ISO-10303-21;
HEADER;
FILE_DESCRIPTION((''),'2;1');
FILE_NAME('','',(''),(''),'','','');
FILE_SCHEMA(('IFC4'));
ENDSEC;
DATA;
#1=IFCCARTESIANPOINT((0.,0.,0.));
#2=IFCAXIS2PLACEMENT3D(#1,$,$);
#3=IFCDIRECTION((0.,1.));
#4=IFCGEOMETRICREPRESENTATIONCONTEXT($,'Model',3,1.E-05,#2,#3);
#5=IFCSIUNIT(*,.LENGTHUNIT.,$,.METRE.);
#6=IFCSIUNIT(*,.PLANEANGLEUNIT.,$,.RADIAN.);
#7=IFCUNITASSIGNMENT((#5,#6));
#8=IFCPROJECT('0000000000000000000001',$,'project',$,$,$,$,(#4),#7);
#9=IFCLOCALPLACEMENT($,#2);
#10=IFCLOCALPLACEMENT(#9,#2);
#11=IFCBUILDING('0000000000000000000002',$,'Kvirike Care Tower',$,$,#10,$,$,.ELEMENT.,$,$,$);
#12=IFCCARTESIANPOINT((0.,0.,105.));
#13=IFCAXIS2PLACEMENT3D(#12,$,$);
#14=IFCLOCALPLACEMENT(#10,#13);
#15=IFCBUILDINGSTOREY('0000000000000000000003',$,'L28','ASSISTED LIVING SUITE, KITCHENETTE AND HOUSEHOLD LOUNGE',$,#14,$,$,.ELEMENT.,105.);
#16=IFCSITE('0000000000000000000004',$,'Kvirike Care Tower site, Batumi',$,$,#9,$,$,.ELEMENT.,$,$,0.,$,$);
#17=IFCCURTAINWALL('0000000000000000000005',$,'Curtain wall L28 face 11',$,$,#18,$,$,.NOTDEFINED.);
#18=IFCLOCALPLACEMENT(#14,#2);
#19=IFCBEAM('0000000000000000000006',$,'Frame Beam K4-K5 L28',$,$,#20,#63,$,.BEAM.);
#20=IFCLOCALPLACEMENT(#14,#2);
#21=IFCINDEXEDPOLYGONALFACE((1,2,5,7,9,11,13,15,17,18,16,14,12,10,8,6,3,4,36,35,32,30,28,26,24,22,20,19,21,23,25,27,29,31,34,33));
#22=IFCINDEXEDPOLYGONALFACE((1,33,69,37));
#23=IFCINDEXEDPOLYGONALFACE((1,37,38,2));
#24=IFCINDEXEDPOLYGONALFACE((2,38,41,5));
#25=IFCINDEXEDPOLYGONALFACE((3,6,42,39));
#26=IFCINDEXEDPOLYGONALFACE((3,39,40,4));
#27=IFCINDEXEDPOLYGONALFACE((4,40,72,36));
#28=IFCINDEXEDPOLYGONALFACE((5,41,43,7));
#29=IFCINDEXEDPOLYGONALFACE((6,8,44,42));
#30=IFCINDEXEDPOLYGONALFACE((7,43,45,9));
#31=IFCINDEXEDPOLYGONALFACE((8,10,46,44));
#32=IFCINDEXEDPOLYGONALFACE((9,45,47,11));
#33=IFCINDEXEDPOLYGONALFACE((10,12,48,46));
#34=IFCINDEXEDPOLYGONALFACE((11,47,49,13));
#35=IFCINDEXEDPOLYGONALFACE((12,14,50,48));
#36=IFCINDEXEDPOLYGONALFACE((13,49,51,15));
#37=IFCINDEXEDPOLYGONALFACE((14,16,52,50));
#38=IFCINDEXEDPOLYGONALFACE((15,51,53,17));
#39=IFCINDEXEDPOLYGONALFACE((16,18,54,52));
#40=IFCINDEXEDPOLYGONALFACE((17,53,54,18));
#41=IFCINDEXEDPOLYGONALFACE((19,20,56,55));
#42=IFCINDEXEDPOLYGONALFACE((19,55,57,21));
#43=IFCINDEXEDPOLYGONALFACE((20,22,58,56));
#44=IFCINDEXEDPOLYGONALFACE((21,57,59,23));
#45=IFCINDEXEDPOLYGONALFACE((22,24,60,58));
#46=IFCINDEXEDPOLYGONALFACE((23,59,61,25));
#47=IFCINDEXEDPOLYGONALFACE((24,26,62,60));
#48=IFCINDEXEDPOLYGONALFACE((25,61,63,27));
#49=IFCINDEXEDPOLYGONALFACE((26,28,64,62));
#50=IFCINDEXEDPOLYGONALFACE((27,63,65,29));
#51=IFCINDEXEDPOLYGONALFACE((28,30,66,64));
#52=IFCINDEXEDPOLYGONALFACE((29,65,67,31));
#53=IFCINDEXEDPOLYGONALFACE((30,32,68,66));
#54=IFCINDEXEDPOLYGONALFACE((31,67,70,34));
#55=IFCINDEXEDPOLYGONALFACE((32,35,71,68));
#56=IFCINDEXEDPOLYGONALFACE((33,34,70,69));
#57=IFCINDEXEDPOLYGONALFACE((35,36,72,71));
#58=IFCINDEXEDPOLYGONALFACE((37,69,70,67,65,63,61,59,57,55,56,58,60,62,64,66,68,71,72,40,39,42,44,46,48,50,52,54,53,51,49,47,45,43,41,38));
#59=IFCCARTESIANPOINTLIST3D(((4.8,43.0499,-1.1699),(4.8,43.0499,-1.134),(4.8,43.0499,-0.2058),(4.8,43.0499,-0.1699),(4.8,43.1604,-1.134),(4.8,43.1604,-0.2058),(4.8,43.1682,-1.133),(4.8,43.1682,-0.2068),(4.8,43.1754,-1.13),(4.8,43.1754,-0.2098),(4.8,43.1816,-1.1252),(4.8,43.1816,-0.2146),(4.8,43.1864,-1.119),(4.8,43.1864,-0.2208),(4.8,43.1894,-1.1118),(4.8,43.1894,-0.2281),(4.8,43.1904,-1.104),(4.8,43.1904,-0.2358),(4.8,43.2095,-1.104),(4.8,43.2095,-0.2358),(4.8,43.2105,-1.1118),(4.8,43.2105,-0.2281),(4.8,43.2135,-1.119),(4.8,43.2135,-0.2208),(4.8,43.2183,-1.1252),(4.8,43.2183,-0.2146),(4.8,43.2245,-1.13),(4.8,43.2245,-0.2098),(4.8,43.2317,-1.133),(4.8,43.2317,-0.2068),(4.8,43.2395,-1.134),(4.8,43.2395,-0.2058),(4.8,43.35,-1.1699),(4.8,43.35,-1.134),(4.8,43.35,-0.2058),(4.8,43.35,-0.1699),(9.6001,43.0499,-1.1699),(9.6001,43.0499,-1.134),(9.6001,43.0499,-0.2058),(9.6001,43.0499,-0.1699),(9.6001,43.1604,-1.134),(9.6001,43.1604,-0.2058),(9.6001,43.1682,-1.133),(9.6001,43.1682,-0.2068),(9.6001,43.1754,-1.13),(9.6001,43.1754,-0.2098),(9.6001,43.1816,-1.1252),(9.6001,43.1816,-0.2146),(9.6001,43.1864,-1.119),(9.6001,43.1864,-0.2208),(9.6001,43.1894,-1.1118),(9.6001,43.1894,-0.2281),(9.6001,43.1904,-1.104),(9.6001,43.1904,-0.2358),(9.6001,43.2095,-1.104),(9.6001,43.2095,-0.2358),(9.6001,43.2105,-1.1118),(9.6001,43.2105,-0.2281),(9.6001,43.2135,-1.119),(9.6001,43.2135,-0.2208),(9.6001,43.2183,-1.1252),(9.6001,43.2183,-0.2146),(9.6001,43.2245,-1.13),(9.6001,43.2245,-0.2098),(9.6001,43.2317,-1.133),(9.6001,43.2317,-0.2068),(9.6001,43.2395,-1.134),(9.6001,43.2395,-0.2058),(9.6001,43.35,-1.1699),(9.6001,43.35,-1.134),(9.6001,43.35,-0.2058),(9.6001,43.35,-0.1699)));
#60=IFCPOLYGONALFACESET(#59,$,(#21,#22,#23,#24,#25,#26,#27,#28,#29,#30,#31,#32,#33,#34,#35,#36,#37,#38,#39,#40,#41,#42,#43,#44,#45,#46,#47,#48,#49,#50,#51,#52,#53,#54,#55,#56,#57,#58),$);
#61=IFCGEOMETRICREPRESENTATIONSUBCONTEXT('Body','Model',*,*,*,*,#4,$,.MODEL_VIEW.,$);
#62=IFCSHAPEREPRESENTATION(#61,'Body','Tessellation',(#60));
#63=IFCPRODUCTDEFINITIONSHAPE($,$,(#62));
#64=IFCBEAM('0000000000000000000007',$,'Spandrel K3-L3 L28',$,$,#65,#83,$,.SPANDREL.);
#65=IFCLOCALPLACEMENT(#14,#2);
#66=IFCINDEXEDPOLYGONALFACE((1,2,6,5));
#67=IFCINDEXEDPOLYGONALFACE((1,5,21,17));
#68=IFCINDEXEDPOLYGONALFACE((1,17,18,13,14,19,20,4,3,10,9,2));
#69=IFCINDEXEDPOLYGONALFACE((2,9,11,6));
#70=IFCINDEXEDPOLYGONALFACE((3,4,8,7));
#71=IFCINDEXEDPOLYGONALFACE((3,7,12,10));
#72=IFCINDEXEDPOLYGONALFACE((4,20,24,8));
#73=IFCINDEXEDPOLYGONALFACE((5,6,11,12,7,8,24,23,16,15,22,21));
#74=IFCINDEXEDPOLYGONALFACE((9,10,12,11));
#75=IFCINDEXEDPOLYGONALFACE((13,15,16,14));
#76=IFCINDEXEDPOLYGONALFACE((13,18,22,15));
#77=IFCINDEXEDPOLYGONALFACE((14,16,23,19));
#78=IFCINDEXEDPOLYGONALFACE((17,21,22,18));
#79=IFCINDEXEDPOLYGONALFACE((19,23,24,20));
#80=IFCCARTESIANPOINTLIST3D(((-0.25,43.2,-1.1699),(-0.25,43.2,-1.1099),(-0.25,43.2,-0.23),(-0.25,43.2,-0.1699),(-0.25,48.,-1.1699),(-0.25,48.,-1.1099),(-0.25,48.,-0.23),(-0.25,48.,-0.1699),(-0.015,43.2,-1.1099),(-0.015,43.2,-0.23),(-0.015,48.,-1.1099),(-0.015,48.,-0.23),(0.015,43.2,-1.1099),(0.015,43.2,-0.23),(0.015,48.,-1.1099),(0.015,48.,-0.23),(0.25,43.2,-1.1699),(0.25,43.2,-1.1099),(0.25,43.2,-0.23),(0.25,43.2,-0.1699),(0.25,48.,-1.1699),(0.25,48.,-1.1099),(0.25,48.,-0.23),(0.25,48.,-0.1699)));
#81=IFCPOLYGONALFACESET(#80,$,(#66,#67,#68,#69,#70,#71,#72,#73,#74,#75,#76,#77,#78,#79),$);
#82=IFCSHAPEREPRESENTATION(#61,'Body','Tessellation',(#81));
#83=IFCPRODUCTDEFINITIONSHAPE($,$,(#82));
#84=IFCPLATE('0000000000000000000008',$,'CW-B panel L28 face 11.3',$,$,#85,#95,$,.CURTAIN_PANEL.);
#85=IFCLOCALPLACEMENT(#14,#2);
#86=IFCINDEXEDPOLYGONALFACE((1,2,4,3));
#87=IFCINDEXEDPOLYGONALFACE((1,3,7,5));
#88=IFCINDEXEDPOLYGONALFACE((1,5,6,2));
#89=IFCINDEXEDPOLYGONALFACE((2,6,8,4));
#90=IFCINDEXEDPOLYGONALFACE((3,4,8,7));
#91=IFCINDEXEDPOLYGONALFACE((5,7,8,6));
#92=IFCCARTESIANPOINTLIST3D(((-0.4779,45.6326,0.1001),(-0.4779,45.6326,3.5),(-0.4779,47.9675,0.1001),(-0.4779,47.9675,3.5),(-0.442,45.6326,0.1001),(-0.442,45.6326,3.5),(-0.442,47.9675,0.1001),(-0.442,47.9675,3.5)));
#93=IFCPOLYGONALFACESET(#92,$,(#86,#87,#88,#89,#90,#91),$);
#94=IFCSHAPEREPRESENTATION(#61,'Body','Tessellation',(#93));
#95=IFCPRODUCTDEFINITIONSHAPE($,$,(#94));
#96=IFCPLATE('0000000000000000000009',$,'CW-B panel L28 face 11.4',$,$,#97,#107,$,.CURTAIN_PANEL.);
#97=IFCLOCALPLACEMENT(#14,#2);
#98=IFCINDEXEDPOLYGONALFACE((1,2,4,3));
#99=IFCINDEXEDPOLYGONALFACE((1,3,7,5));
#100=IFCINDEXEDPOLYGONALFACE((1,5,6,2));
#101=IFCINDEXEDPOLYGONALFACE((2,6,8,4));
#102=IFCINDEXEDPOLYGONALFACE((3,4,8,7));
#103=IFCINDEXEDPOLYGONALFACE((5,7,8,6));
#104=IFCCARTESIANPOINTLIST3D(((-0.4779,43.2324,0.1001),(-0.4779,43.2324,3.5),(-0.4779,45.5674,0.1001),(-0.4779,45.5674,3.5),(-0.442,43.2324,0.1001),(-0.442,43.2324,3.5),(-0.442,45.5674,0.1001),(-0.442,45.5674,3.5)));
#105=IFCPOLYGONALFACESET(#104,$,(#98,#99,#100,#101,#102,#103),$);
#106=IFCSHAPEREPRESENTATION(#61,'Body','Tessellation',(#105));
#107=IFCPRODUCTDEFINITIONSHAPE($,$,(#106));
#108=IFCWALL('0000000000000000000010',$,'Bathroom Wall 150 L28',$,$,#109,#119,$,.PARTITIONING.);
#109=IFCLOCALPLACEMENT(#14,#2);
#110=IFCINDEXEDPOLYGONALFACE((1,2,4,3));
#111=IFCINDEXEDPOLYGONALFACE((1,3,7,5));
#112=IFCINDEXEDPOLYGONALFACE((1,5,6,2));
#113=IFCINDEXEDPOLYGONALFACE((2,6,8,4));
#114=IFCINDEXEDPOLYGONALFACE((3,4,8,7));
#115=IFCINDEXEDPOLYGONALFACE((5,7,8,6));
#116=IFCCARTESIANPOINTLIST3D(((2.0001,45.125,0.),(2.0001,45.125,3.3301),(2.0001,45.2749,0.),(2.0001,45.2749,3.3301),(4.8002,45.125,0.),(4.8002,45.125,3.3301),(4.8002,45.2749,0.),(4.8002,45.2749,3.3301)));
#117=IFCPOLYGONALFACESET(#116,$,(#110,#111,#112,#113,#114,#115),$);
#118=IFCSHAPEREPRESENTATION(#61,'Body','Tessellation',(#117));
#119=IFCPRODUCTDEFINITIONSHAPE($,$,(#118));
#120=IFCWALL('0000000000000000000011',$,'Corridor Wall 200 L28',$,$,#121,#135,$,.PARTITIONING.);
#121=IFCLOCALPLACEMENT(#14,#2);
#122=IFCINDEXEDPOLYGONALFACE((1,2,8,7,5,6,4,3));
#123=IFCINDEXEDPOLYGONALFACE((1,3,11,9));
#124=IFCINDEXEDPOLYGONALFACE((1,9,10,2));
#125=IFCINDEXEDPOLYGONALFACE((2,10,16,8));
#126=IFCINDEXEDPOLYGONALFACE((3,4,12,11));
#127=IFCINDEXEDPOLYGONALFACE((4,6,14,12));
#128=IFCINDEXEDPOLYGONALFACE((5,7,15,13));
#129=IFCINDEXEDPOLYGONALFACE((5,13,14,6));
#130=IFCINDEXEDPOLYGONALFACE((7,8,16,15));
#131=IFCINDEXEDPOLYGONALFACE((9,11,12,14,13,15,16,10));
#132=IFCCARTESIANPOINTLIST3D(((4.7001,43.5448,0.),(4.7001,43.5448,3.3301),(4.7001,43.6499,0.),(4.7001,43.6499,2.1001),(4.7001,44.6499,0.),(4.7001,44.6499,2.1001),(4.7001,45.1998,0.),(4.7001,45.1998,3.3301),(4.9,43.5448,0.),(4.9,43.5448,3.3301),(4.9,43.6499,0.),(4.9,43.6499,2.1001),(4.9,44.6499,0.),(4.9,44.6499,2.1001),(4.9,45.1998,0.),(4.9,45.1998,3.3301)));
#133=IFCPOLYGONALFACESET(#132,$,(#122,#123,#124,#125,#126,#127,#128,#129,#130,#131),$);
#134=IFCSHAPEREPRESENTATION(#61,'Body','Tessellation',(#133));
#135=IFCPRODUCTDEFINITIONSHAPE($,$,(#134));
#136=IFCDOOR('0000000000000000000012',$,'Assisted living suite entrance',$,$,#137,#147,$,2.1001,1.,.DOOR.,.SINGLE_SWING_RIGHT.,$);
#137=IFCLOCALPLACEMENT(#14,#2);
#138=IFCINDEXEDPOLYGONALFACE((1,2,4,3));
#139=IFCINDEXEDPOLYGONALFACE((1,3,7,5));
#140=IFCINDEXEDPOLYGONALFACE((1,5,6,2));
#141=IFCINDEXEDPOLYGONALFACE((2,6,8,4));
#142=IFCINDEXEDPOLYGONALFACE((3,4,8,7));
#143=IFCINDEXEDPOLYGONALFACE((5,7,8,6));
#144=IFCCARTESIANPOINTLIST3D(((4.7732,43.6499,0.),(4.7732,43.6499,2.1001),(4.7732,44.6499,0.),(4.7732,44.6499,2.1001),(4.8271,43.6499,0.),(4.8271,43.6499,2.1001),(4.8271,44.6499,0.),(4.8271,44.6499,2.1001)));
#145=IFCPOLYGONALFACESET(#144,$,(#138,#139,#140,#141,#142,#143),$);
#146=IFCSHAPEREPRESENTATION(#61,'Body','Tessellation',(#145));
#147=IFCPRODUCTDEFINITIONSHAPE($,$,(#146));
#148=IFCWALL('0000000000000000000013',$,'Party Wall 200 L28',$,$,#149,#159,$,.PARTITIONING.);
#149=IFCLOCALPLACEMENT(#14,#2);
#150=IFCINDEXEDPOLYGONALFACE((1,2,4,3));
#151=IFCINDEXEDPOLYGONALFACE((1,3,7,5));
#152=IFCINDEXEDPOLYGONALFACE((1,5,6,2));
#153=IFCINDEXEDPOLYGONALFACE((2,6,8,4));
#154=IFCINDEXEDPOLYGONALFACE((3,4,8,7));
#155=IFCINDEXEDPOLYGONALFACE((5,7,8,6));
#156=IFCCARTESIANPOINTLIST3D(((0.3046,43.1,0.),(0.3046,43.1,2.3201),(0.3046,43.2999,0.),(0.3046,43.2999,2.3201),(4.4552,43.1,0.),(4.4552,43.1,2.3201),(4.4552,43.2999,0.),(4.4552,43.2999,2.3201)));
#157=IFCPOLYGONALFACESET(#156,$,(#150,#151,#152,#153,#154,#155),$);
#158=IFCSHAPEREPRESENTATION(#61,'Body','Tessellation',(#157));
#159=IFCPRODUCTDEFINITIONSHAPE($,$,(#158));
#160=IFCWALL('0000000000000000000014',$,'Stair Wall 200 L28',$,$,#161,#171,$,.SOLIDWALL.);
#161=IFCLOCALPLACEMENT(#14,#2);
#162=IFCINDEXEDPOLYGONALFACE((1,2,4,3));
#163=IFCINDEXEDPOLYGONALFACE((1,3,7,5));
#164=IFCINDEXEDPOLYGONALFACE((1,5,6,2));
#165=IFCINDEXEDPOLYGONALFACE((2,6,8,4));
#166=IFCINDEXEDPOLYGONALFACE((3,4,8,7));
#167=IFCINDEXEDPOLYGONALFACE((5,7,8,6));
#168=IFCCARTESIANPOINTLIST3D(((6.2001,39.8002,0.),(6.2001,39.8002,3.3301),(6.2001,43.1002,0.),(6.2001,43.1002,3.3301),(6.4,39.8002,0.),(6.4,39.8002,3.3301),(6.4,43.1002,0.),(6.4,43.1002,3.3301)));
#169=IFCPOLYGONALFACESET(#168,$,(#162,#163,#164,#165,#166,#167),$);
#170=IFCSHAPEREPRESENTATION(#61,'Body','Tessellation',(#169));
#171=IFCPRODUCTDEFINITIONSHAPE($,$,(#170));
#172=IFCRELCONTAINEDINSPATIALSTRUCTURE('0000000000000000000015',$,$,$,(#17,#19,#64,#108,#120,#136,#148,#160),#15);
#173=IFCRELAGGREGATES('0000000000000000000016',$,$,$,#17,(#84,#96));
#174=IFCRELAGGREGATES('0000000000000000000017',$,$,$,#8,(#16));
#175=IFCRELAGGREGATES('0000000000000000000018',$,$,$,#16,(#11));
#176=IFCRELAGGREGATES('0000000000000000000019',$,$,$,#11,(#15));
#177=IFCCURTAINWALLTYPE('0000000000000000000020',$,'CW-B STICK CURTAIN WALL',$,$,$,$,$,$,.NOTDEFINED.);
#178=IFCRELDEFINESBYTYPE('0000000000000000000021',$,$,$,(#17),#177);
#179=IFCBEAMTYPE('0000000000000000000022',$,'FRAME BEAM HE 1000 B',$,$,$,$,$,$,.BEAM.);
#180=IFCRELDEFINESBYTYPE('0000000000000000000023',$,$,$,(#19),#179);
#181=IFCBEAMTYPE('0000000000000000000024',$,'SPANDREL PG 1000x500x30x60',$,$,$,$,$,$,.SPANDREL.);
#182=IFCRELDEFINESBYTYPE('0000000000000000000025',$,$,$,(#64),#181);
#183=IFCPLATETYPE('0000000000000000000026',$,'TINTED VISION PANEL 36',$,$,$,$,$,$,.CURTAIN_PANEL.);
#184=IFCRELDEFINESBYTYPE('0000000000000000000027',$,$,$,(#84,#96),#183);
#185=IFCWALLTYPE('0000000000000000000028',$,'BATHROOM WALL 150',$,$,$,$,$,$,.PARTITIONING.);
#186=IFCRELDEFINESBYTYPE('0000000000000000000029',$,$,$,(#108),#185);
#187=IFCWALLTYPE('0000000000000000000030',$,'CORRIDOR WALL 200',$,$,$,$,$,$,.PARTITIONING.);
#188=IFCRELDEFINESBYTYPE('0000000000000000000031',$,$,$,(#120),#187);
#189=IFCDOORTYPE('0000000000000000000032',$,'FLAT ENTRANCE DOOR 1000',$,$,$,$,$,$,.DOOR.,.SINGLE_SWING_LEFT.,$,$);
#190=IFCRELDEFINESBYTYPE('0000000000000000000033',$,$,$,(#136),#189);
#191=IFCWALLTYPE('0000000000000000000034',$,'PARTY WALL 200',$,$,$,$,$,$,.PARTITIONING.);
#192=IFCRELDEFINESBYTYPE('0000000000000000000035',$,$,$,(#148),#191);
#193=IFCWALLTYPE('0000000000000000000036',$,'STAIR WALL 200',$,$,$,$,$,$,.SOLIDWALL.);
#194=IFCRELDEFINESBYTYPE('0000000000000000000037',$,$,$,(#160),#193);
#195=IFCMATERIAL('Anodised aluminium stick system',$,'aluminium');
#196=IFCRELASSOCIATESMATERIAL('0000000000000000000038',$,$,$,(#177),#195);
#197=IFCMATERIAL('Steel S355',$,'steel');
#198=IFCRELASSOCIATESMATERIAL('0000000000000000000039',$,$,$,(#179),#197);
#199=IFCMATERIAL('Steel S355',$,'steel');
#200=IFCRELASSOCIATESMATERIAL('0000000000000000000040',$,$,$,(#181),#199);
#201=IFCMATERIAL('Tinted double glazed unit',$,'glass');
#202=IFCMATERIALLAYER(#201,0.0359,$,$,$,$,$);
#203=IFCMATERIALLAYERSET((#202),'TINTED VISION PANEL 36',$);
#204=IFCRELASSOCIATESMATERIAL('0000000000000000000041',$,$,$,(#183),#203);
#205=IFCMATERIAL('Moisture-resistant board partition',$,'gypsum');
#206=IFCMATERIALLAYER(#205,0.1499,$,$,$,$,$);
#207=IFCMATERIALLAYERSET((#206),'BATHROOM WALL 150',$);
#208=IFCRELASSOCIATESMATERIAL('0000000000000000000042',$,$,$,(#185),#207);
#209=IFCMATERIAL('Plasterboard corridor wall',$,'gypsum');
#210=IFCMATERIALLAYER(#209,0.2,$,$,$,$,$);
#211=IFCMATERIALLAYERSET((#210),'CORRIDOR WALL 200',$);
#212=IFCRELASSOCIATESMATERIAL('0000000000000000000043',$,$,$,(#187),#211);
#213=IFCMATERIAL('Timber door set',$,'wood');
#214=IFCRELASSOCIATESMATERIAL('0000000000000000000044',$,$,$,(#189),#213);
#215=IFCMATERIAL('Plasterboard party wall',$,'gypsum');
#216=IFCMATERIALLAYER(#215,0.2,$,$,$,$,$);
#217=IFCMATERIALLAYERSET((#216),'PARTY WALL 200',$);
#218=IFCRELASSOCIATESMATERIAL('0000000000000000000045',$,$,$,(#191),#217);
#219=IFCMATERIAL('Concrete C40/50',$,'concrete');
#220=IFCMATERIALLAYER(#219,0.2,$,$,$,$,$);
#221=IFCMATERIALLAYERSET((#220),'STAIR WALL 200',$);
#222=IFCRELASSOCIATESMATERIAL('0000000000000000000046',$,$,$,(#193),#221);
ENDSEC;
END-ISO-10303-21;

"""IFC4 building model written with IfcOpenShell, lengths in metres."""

from ifc_helpers import new_model, si_unit, direction, frame, frame_2d, origin, origin_2d, place, context, subcontext, project, spatial, rectangle, i_section, extrude, material, layer, layer_set, material_profile, profile_set, type_object, element, fill, aggregate, save


model = new_model("IFC4")

# Units and contexts
model_context = context("Model", 3, precision=1e-05, world=origin(), true_north=direction((0.0, 1.0)))
body_context = subcontext(model_context, "Body", "Model", "MODEL_VIEW")
ifc_project = project(units=[si_unit("LENGTHUNIT", "METRE"), si_unit("PLANEANGLEUNIT", "RADIAN")], contexts=[model_context])

# Site, building, storey
site_placement = place(None, origin())
site = spatial("IfcSite", under=ifc_project, at=site_placement, Name="Kvirike Care Tower site, Batumi", CompositionType="ELEMENT", RefElevation=0.0)
building_placement = place(site_placement, origin())
building = spatial("IfcBuilding", under=site, at=building_placement, Name="Kvirike Care Tower", CompositionType="ELEMENT")
storey_placement = place(building_placement, frame((0.0, 0.0, 105.0)))
storey = spatial("IfcBuildingStorey", under=building, at=storey_placement, Name="L28", Description="ASSISTED LIVING SUITE, KITCHENETTE AND HOUSEHOLD LOUNGE", CompositionType="ELEMENT", Elevation=105.0)

# Curtain wall
ifc_material_1 = material(Name="Anodised aluminium stick system", Category="aluminium")
curtain_wall_type = type_object("IfcCurtainWallType", Name="CW-B STICK CURTAIN WALL", PredefinedType="NOTDEFINED", material=ifc_material_1)
curtain_wall_placement = place(storey_placement, origin())
curtain_wall = element("IfcCurtainWall", 1, at=curtain_wall_placement, inside=storey, type_object=curtain_wall_type, Name="Curtain wall L28 face 11", PredefinedType="NOTDEFINED")

# Beams
ifc_material_2 = material(Name="Steel S355", Category="steel")
ifc_material_profile_1 = material_profile(ifc_material_2, i_section(OverallWidth=0.3, OverallDepth=1.0, WebThickness=0.019, FlangeThickness=0.0359, FilletRadius=0.03, at=origin_2d()), Name="HE 1000 B")
ifc_profile_set_1 = profile_set([ifc_material_profile_1], Name="Steel S355")
beam_type_1 = type_object("IfcBeamType", Name="FRAME BEAM HE 1000 B", PredefinedType="BEAM", material=ifc_profile_set_1)
for number, where, z_axis, x_axis, name in (
    (2, (4.8, 43.2, -0.6699), (1.0, 0.0, 0.0), (0.0, 1.0, 0.0), "Frame Beam K4-K5 L28"),
):
    element("IfcBeam", number, at=place(storey_placement, frame(where, z_axis=z_axis, x_axis=x_axis)), inside=storey, type_object=beam_type_1, Name=name, PredefinedType="BEAM", context=body_context, shape_type="SweptSolid", body=[
        extrude(i_section(OverallWidth=0.3, OverallDepth=1.0, WebThickness=0.019, FlangeThickness=0.0359, FilletRadius=0.03, at=origin_2d()), origin(), (0.0, 0.0, 1.0), 4.8),
    ])
ifc_material_3 = material(Name="Steel S355", Category="steel")
ifc_material_profile_2 = material_profile(ifc_material_3, i_section(OverallWidth=0.5, OverallDepth=1.0, WebThickness=0.03, FlangeThickness=0.0601, at=origin_2d()), Name="PG 1000x500x30x60")
ifc_profile_set_2 = profile_set([ifc_material_profile_2], Name="Steel S355")
beam_type_2 = type_object("IfcBeamType", Name="SPANDREL PG 1000x500x30x60", PredefinedType="SPANDREL", material=ifc_profile_set_2)
beam_placement = place(storey_placement, frame((0.0, 43.2, -0.6699), z_axis=(0.0, 1.0, 0.0), x_axis=(-1.0, 0.0, 0.0)))
element("IfcBeam", 3, at=beam_placement, inside=storey, type_object=beam_type_2, Name="Spandrel K3-L3 L28", PredefinedType="SPANDREL", context=body_context, shape_type="SweptSolid", body=[
    extrude(i_section(OverallWidth=0.5, OverallDepth=1.0, WebThickness=0.03, FlangeThickness=0.0601, at=origin_2d()), origin(), (0.0, 0.0, 1.0), 4.8),
])

# Plates
ifc_material_4 = material(Name="Tinted double glazed unit", Category="glass")
ifc_layer_1 = layer(ifc_material_4, 0.0359)
ifc_layer_set_1 = layer_set([ifc_layer_1], Name="TINTED VISION PANEL 36")
plate_type = type_object("IfcPlateType", Name="TINTED VISION PANEL 36", PredefinedType="CURTAIN_PANEL", material=ifc_layer_set_1)
plate_1_placement = place(storey_placement, frame((-0.46, 46.8, 0.1001), z_axis=(0.0, 0.0, 1.0), x_axis=(0.0, -1.0, 0.0)))
plate_1 = element("IfcPlate", 4, at=plate_1_placement, type_object=plate_type, Name="CW-B panel L28 face 11.3", PredefinedType="CURTAIN_PANEL", context=body_context, shape_type="SweptSolid", body=[
    extrude(rectangle(XDim=2.335, YDim=0.0359, at=origin_2d()), origin(), (0.0, 0.0, 1.0), 3.3999),
])
plate_2_placement = place(storey_placement, frame((-0.46, 44.3999, 0.1001), z_axis=(0.0, 0.0, 1.0), x_axis=(0.0, -1.0, 0.0)))
plate_2 = element("IfcPlate", 5, at=plate_2_placement, type_object=plate_type, Name="CW-B panel L28 face 11.4", PredefinedType="CURTAIN_PANEL", context=body_context, shape_type="SweptSolid", body=[
    extrude(rectangle(XDim=2.335, YDim=0.0359, at=origin_2d()), origin(), (0.0, 0.0, 1.0), 3.3999),
])
aggregate(curtain_wall, [plate_1, plate_2])

# Wall
ifc_material_5 = material(Name="Moisture-resistant board partition", Category="gypsum")
ifc_layer_2 = layer(ifc_material_5, 0.1499)
ifc_layer_set_2 = layer_set([ifc_layer_2], Name="BATHROOM WALL 150")
wall_type_1 = type_object("IfcWallType", Name="BATHROOM WALL 150", PredefinedType="PARTITIONING", material=ifc_layer_set_2)
wall_1_placement = place(storey_placement, frame((4.8, 45.2, 0.0), z_axis=(0.0, 0.0, 1.0), x_axis=(-1.0, 0.0, 0.0)))
element("IfcWall", 6, at=wall_1_placement, inside=storey, type_object=wall_type_1, Name="Bathroom Wall 150 L28", PredefinedType="PARTITIONING", context=body_context, shape_type="SweptSolid", body=[
    extrude(rectangle(XDim=2.8, YDim=0.1499, at=frame_2d((1.3999, 0.0))), origin(), (0.0, 0.0, 1.0), 3.3301),
])

# Wall, opening, door
ifc_material_6 = material(Name="Plasterboard corridor wall", Category="gypsum")
ifc_layer_3 = layer(ifc_material_6, 0.2)
ifc_layer_set_3 = layer_set([ifc_layer_3], Name="CORRIDOR WALL 200")
wall_type_2 = type_object("IfcWallType", Name="CORRIDOR WALL 200", PredefinedType="PARTITIONING", material=ifc_layer_set_3)
wall_2_placement = place(storey_placement, frame((4.8, 45.2, 0.0), z_axis=(0.0, 0.0, 1.0), x_axis=(0.0, -1.0, 0.0)))
wall_2 = element("IfcWall", 7, at=wall_2_placement, inside=storey, type_object=wall_type_2, Name="Corridor Wall 200 L28", PredefinedType="PARTITIONING", context=body_context, shape_type="SweptSolid", body=[
    extrude(rectangle(XDim=1.655, YDim=0.2, at=frame_2d((0.8276, 0.0))), origin(), (0.0, 0.0, 1.0), 3.3301),
])
opening_placement = place(wall_2_placement, frame((0.55, 0.0, 0.0)))
opening = element("IfcOpeningElement", 8, at=opening_placement, cuts=wall_2, PredefinedType="OPENING", context=body_context, shape_type="SweptSolid", body=[
    extrude(rectangle(XDim=1.0, YDim=2.1001, at=frame_2d((0.5, 1.05))), frame((0.0, 0.1106, 0.0), z_axis=(0.0, -1.0, 0.0), x_axis=(1.0, 0.0, 0.0)), (0.0, 0.0, 1.0), 0.2209),
])
ifc_material_7 = material(Name="Timber door set", Category="wood")
door_type = type_object("IfcDoorType", Name="FLAT ENTRANCE DOOR 1000", OperationType="SINGLE_SWING_LEFT", PredefinedType="DOOR", material=ifc_material_7)
door_placement = place(opening_placement, frame((1.0, 0.0, 0.0), z_axis=(0.0, 0.0, 1.0), x_axis=(-1.0, 0.0, 0.0)))
door = element("IfcDoor", 9, at=door_placement, inside=storey, type_object=door_type, Name="Assisted living suite entrance", OperationType="SINGLE_SWING_RIGHT", OverallHeight=2.1001, OverallWidth=1.0, PredefinedType="DOOR", context=body_context, shape_type="SweptSolid", body=[
    extrude(rectangle(XDim=1.0, YDim=2.1001, at=frame_2d((0.5, 1.05))), frame((0.0, 0.0269, 0.0), z_axis=(0.0, -1.0, 0.0), x_axis=(1.0, 0.0, 0.0)), (0.0, 0.0, 1.0), 0.054),
])
fill(opening, door)

# Walls
ifc_material_8 = material(Name="Plasterboard party wall", Category="gypsum")
ifc_layer_4 = layer(ifc_material_8, 0.2)
ifc_layer_set_4 = layer_set([ifc_layer_4], Name="PARTY WALL 200")
wall_type_3 = type_object("IfcWallType", Name="PARTY WALL 200", PredefinedType="PARTITIONING", material=ifc_layer_set_4)
wall_3_placement = place(storey_placement, frame((4.4551, 43.2, 0.0), z_axis=(0.0, 0.0, 1.0), x_axis=(-1.0, 0.0, 0.0)))
element("IfcWall", 10, at=wall_3_placement, inside=storey, type_object=wall_type_3, Name="Party Wall 200 L28", PredefinedType="PARTITIONING", context=body_context, shape_type="SweptSolid", body=[
    extrude(rectangle(XDim=4.1506, YDim=0.2, at=frame_2d((2.0752, 0.0))), origin(), (0.0, 0.0, 1.0), 2.3201),
])
ifc_material_9 = material(Name="Concrete C40/50", Category="concrete")
ifc_layer_5 = layer(ifc_material_9, 0.2)
ifc_layer_set_5 = layer_set([ifc_layer_5], Name="STAIR WALL 200")
wall_type_4 = type_object("IfcWallType", Name="STAIR WALL 200", PredefinedType="SOLIDWALL", material=ifc_layer_set_5)
wall_4_placement = place(storey_placement, frame((6.3, 43.1001, 0.0), z_axis=(0.0, 0.0, 1.0), x_axis=(0.0, -1.0, 0.0)))
element("IfcWall", 11, at=wall_4_placement, inside=storey, type_object=wall_type_4, Name="Stair Wall 200 L28", PredefinedType="SOLIDWALL", context=body_context, shape_type="SweptSolid", body=[
    extrude(rectangle(XDim=3.3, YDim=0.2, at=frame_2d((1.6499, 0.0))), origin(), (0.0, 0.0, 1.0), 3.3301),
])

save(model, "model.ifc")
